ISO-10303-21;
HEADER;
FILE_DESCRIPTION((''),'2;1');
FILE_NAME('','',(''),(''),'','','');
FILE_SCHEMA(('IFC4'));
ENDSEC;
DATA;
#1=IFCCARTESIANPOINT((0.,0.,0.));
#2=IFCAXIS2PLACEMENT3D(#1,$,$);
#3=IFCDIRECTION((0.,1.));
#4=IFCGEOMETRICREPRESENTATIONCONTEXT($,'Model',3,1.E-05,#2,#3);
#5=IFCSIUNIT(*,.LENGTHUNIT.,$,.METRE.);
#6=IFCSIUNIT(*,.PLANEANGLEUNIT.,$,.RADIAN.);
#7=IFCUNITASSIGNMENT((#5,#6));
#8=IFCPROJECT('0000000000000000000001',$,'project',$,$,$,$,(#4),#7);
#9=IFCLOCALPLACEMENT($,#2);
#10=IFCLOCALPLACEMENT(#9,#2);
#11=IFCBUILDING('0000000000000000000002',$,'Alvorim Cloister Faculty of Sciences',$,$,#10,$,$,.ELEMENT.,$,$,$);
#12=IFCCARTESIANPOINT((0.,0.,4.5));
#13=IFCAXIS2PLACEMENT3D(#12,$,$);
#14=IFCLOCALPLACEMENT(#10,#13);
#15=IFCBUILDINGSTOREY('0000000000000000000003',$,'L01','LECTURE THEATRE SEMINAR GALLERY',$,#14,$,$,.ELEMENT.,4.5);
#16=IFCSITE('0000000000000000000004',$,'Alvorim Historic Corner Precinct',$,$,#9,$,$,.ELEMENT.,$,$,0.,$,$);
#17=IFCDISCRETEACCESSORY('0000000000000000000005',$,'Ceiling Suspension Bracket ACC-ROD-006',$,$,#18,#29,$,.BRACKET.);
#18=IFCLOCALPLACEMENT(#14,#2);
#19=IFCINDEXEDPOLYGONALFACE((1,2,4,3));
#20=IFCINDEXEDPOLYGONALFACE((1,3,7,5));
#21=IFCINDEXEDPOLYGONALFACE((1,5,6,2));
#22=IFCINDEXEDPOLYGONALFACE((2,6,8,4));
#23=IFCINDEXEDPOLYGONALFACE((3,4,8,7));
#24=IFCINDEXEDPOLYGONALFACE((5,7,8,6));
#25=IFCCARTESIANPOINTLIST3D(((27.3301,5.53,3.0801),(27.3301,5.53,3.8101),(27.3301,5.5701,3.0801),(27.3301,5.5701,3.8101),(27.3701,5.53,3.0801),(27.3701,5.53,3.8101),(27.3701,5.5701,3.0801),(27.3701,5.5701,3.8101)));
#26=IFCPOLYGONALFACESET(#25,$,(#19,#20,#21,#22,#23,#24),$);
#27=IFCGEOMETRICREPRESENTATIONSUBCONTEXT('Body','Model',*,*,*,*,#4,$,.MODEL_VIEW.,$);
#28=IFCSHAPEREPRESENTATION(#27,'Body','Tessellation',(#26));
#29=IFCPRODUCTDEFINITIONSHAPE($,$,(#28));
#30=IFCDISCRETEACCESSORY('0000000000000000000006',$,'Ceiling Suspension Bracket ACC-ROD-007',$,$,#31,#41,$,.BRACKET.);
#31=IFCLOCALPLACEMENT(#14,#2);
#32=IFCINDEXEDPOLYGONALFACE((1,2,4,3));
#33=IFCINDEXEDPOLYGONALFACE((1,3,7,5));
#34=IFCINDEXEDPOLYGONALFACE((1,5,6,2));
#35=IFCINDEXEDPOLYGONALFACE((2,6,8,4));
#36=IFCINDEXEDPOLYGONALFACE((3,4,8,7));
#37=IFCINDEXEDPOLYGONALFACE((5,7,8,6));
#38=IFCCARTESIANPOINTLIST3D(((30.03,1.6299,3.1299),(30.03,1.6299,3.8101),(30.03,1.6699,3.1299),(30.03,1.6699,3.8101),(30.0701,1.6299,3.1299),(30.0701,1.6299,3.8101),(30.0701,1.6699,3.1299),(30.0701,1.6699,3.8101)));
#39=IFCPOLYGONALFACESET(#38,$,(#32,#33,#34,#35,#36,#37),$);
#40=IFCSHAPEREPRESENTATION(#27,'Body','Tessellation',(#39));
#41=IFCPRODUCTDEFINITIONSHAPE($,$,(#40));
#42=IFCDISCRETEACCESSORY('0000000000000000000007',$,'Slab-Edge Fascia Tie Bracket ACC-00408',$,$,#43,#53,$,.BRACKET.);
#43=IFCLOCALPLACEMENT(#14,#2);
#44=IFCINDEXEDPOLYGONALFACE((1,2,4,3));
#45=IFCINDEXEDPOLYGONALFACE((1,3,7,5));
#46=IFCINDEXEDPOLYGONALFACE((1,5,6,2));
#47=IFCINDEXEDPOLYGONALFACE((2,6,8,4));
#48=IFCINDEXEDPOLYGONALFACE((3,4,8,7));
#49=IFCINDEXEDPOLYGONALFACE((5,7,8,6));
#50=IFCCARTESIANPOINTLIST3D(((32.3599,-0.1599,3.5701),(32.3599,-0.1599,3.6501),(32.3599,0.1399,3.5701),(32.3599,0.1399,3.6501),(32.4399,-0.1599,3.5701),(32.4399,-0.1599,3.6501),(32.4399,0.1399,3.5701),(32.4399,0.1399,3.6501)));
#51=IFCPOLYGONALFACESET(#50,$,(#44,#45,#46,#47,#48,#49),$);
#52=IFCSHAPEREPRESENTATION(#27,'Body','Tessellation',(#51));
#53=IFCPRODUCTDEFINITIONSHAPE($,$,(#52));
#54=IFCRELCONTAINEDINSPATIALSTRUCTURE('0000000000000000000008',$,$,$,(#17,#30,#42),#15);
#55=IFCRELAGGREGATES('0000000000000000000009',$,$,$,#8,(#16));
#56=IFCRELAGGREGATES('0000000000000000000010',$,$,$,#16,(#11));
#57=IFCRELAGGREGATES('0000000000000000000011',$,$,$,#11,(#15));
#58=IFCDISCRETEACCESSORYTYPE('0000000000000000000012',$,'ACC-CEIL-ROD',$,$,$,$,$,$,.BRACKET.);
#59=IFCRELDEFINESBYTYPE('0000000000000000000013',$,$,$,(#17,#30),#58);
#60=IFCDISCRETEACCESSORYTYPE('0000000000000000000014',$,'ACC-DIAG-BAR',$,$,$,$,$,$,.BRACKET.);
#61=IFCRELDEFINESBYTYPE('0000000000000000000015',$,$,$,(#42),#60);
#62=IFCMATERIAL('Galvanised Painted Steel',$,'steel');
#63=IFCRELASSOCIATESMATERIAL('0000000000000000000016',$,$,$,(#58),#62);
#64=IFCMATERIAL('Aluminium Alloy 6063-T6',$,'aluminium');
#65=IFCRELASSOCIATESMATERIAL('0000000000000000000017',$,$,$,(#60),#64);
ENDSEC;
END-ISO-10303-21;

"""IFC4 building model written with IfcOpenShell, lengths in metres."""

from ifc_helpers import new_model, si_unit, direction, frame, origin, origin_2d, place, context, subcontext, project, spatial, rectangle, extrude, material, type_object, element, save


model = new_model("IFC4")

# Units and contexts
model_context = context("Model", 3, precision=1e-05, world=origin(), true_north=direction((0.0, 1.0)))
body_context = subcontext(model_context, "Body", "Model", "MODEL_VIEW")
ifc_project = project(units=[si_unit("LENGTHUNIT", "METRE"), si_unit("PLANEANGLEUNIT", "RADIAN")], contexts=[model_context])

# Site, building, storey
site_placement = place(None, origin())
site = spatial("IfcSite", under=ifc_project, at=site_placement, Name="Alvorim Historic Corner Precinct", CompositionType="ELEMENT", RefElevation=0.0)
building_placement = place(site_placement, origin())
building = spatial("IfcBuilding", under=site, at=building_placement, Name="Alvorim Cloister Faculty of Sciences", CompositionType="ELEMENT")
storey_placement = place(building_placement, frame((0.0, 0.0, 4.5)))
storey = spatial("IfcBuildingStorey", under=building, at=storey_placement, Name="L01", Description="LECTURE THEATRE SEMINAR GALLERY", CompositionType="ELEMENT", Elevation=4.5)

# Shared definitions
ifc_material_1 = material(Name="Aluminium Alloy 6063-T6", Category="aluminium")

# Discrete accessories
ifc_material_2 = material(Name="Galvanised Painted Steel", Category="steel")
discrete_accessory_type_1 = type_object("IfcDiscreteAccessoryType", Name="ACC-CEIL-ROD", PredefinedType="BRACKET", material=ifc_material_2)
discrete_accessory_1_placement = place(storey_placement, frame((27.3501, 5.55, 3.0801), z_axis=(0.0, 0.0, 1.0), x_axis=(1.0, 0.0, 0.0)))
element("IfcDiscreteAccessory", 1, at=discrete_accessory_1_placement, inside=storey, type_object=discrete_accessory_type_1, Name="Ceiling Suspension Bracket ACC-ROD-006", PredefinedType="BRACKET", context=body_context, shape_type="SweptSolid", body=[
    extrude(rectangle(XDim=0.04, YDim=0.04, at=origin_2d()), origin(), (0.0, 0.0, 1.0), 0.73),
])
discrete_accessory_2_placement = place(storey_placement, frame((30.05, 1.6499, 3.1299), z_axis=(0.0, 0.0, 1.0), x_axis=(1.0, 0.0, 0.0)))
element("IfcDiscreteAccessory", 2, at=discrete_accessory_2_placement, inside=storey, type_object=discrete_accessory_type_1, Name="Ceiling Suspension Bracket ACC-ROD-007", PredefinedType="BRACKET", context=body_context, shape_type="SweptSolid", body=[
    extrude(rectangle(XDim=0.04, YDim=0.04, at=origin_2d()), origin(), (0.0, 0.0, 1.0), 0.6802),
])
discrete_accessory_type_2 = type_object("IfcDiscreteAccessoryType", Name="ACC-DIAG-BAR", PredefinedType="BRACKET", material=ifc_material_1)
discrete_accessory_3_placement = place(storey_placement, frame((32.3999, 0.1399, 3.6101), z_axis=(0.0, -1.0, 0.0), x_axis=(1.0, 0.0, 0.0)))
element("IfcDiscreteAccessory", 3, at=discrete_accessory_3_placement, inside=storey, type_object=discrete_accessory_type_2, Name="Slab-Edge Fascia Tie Bracket ACC-00408", PredefinedType="BRACKET", context=body_context, shape_type="SweptSolid", body=[
    extrude(rectangle(XDim=0.0801, YDim=0.0801, at=origin_2d()), origin(), (0.0, 0.0, 1.0), 0.2998),
])

save(model, "model.ifc")
